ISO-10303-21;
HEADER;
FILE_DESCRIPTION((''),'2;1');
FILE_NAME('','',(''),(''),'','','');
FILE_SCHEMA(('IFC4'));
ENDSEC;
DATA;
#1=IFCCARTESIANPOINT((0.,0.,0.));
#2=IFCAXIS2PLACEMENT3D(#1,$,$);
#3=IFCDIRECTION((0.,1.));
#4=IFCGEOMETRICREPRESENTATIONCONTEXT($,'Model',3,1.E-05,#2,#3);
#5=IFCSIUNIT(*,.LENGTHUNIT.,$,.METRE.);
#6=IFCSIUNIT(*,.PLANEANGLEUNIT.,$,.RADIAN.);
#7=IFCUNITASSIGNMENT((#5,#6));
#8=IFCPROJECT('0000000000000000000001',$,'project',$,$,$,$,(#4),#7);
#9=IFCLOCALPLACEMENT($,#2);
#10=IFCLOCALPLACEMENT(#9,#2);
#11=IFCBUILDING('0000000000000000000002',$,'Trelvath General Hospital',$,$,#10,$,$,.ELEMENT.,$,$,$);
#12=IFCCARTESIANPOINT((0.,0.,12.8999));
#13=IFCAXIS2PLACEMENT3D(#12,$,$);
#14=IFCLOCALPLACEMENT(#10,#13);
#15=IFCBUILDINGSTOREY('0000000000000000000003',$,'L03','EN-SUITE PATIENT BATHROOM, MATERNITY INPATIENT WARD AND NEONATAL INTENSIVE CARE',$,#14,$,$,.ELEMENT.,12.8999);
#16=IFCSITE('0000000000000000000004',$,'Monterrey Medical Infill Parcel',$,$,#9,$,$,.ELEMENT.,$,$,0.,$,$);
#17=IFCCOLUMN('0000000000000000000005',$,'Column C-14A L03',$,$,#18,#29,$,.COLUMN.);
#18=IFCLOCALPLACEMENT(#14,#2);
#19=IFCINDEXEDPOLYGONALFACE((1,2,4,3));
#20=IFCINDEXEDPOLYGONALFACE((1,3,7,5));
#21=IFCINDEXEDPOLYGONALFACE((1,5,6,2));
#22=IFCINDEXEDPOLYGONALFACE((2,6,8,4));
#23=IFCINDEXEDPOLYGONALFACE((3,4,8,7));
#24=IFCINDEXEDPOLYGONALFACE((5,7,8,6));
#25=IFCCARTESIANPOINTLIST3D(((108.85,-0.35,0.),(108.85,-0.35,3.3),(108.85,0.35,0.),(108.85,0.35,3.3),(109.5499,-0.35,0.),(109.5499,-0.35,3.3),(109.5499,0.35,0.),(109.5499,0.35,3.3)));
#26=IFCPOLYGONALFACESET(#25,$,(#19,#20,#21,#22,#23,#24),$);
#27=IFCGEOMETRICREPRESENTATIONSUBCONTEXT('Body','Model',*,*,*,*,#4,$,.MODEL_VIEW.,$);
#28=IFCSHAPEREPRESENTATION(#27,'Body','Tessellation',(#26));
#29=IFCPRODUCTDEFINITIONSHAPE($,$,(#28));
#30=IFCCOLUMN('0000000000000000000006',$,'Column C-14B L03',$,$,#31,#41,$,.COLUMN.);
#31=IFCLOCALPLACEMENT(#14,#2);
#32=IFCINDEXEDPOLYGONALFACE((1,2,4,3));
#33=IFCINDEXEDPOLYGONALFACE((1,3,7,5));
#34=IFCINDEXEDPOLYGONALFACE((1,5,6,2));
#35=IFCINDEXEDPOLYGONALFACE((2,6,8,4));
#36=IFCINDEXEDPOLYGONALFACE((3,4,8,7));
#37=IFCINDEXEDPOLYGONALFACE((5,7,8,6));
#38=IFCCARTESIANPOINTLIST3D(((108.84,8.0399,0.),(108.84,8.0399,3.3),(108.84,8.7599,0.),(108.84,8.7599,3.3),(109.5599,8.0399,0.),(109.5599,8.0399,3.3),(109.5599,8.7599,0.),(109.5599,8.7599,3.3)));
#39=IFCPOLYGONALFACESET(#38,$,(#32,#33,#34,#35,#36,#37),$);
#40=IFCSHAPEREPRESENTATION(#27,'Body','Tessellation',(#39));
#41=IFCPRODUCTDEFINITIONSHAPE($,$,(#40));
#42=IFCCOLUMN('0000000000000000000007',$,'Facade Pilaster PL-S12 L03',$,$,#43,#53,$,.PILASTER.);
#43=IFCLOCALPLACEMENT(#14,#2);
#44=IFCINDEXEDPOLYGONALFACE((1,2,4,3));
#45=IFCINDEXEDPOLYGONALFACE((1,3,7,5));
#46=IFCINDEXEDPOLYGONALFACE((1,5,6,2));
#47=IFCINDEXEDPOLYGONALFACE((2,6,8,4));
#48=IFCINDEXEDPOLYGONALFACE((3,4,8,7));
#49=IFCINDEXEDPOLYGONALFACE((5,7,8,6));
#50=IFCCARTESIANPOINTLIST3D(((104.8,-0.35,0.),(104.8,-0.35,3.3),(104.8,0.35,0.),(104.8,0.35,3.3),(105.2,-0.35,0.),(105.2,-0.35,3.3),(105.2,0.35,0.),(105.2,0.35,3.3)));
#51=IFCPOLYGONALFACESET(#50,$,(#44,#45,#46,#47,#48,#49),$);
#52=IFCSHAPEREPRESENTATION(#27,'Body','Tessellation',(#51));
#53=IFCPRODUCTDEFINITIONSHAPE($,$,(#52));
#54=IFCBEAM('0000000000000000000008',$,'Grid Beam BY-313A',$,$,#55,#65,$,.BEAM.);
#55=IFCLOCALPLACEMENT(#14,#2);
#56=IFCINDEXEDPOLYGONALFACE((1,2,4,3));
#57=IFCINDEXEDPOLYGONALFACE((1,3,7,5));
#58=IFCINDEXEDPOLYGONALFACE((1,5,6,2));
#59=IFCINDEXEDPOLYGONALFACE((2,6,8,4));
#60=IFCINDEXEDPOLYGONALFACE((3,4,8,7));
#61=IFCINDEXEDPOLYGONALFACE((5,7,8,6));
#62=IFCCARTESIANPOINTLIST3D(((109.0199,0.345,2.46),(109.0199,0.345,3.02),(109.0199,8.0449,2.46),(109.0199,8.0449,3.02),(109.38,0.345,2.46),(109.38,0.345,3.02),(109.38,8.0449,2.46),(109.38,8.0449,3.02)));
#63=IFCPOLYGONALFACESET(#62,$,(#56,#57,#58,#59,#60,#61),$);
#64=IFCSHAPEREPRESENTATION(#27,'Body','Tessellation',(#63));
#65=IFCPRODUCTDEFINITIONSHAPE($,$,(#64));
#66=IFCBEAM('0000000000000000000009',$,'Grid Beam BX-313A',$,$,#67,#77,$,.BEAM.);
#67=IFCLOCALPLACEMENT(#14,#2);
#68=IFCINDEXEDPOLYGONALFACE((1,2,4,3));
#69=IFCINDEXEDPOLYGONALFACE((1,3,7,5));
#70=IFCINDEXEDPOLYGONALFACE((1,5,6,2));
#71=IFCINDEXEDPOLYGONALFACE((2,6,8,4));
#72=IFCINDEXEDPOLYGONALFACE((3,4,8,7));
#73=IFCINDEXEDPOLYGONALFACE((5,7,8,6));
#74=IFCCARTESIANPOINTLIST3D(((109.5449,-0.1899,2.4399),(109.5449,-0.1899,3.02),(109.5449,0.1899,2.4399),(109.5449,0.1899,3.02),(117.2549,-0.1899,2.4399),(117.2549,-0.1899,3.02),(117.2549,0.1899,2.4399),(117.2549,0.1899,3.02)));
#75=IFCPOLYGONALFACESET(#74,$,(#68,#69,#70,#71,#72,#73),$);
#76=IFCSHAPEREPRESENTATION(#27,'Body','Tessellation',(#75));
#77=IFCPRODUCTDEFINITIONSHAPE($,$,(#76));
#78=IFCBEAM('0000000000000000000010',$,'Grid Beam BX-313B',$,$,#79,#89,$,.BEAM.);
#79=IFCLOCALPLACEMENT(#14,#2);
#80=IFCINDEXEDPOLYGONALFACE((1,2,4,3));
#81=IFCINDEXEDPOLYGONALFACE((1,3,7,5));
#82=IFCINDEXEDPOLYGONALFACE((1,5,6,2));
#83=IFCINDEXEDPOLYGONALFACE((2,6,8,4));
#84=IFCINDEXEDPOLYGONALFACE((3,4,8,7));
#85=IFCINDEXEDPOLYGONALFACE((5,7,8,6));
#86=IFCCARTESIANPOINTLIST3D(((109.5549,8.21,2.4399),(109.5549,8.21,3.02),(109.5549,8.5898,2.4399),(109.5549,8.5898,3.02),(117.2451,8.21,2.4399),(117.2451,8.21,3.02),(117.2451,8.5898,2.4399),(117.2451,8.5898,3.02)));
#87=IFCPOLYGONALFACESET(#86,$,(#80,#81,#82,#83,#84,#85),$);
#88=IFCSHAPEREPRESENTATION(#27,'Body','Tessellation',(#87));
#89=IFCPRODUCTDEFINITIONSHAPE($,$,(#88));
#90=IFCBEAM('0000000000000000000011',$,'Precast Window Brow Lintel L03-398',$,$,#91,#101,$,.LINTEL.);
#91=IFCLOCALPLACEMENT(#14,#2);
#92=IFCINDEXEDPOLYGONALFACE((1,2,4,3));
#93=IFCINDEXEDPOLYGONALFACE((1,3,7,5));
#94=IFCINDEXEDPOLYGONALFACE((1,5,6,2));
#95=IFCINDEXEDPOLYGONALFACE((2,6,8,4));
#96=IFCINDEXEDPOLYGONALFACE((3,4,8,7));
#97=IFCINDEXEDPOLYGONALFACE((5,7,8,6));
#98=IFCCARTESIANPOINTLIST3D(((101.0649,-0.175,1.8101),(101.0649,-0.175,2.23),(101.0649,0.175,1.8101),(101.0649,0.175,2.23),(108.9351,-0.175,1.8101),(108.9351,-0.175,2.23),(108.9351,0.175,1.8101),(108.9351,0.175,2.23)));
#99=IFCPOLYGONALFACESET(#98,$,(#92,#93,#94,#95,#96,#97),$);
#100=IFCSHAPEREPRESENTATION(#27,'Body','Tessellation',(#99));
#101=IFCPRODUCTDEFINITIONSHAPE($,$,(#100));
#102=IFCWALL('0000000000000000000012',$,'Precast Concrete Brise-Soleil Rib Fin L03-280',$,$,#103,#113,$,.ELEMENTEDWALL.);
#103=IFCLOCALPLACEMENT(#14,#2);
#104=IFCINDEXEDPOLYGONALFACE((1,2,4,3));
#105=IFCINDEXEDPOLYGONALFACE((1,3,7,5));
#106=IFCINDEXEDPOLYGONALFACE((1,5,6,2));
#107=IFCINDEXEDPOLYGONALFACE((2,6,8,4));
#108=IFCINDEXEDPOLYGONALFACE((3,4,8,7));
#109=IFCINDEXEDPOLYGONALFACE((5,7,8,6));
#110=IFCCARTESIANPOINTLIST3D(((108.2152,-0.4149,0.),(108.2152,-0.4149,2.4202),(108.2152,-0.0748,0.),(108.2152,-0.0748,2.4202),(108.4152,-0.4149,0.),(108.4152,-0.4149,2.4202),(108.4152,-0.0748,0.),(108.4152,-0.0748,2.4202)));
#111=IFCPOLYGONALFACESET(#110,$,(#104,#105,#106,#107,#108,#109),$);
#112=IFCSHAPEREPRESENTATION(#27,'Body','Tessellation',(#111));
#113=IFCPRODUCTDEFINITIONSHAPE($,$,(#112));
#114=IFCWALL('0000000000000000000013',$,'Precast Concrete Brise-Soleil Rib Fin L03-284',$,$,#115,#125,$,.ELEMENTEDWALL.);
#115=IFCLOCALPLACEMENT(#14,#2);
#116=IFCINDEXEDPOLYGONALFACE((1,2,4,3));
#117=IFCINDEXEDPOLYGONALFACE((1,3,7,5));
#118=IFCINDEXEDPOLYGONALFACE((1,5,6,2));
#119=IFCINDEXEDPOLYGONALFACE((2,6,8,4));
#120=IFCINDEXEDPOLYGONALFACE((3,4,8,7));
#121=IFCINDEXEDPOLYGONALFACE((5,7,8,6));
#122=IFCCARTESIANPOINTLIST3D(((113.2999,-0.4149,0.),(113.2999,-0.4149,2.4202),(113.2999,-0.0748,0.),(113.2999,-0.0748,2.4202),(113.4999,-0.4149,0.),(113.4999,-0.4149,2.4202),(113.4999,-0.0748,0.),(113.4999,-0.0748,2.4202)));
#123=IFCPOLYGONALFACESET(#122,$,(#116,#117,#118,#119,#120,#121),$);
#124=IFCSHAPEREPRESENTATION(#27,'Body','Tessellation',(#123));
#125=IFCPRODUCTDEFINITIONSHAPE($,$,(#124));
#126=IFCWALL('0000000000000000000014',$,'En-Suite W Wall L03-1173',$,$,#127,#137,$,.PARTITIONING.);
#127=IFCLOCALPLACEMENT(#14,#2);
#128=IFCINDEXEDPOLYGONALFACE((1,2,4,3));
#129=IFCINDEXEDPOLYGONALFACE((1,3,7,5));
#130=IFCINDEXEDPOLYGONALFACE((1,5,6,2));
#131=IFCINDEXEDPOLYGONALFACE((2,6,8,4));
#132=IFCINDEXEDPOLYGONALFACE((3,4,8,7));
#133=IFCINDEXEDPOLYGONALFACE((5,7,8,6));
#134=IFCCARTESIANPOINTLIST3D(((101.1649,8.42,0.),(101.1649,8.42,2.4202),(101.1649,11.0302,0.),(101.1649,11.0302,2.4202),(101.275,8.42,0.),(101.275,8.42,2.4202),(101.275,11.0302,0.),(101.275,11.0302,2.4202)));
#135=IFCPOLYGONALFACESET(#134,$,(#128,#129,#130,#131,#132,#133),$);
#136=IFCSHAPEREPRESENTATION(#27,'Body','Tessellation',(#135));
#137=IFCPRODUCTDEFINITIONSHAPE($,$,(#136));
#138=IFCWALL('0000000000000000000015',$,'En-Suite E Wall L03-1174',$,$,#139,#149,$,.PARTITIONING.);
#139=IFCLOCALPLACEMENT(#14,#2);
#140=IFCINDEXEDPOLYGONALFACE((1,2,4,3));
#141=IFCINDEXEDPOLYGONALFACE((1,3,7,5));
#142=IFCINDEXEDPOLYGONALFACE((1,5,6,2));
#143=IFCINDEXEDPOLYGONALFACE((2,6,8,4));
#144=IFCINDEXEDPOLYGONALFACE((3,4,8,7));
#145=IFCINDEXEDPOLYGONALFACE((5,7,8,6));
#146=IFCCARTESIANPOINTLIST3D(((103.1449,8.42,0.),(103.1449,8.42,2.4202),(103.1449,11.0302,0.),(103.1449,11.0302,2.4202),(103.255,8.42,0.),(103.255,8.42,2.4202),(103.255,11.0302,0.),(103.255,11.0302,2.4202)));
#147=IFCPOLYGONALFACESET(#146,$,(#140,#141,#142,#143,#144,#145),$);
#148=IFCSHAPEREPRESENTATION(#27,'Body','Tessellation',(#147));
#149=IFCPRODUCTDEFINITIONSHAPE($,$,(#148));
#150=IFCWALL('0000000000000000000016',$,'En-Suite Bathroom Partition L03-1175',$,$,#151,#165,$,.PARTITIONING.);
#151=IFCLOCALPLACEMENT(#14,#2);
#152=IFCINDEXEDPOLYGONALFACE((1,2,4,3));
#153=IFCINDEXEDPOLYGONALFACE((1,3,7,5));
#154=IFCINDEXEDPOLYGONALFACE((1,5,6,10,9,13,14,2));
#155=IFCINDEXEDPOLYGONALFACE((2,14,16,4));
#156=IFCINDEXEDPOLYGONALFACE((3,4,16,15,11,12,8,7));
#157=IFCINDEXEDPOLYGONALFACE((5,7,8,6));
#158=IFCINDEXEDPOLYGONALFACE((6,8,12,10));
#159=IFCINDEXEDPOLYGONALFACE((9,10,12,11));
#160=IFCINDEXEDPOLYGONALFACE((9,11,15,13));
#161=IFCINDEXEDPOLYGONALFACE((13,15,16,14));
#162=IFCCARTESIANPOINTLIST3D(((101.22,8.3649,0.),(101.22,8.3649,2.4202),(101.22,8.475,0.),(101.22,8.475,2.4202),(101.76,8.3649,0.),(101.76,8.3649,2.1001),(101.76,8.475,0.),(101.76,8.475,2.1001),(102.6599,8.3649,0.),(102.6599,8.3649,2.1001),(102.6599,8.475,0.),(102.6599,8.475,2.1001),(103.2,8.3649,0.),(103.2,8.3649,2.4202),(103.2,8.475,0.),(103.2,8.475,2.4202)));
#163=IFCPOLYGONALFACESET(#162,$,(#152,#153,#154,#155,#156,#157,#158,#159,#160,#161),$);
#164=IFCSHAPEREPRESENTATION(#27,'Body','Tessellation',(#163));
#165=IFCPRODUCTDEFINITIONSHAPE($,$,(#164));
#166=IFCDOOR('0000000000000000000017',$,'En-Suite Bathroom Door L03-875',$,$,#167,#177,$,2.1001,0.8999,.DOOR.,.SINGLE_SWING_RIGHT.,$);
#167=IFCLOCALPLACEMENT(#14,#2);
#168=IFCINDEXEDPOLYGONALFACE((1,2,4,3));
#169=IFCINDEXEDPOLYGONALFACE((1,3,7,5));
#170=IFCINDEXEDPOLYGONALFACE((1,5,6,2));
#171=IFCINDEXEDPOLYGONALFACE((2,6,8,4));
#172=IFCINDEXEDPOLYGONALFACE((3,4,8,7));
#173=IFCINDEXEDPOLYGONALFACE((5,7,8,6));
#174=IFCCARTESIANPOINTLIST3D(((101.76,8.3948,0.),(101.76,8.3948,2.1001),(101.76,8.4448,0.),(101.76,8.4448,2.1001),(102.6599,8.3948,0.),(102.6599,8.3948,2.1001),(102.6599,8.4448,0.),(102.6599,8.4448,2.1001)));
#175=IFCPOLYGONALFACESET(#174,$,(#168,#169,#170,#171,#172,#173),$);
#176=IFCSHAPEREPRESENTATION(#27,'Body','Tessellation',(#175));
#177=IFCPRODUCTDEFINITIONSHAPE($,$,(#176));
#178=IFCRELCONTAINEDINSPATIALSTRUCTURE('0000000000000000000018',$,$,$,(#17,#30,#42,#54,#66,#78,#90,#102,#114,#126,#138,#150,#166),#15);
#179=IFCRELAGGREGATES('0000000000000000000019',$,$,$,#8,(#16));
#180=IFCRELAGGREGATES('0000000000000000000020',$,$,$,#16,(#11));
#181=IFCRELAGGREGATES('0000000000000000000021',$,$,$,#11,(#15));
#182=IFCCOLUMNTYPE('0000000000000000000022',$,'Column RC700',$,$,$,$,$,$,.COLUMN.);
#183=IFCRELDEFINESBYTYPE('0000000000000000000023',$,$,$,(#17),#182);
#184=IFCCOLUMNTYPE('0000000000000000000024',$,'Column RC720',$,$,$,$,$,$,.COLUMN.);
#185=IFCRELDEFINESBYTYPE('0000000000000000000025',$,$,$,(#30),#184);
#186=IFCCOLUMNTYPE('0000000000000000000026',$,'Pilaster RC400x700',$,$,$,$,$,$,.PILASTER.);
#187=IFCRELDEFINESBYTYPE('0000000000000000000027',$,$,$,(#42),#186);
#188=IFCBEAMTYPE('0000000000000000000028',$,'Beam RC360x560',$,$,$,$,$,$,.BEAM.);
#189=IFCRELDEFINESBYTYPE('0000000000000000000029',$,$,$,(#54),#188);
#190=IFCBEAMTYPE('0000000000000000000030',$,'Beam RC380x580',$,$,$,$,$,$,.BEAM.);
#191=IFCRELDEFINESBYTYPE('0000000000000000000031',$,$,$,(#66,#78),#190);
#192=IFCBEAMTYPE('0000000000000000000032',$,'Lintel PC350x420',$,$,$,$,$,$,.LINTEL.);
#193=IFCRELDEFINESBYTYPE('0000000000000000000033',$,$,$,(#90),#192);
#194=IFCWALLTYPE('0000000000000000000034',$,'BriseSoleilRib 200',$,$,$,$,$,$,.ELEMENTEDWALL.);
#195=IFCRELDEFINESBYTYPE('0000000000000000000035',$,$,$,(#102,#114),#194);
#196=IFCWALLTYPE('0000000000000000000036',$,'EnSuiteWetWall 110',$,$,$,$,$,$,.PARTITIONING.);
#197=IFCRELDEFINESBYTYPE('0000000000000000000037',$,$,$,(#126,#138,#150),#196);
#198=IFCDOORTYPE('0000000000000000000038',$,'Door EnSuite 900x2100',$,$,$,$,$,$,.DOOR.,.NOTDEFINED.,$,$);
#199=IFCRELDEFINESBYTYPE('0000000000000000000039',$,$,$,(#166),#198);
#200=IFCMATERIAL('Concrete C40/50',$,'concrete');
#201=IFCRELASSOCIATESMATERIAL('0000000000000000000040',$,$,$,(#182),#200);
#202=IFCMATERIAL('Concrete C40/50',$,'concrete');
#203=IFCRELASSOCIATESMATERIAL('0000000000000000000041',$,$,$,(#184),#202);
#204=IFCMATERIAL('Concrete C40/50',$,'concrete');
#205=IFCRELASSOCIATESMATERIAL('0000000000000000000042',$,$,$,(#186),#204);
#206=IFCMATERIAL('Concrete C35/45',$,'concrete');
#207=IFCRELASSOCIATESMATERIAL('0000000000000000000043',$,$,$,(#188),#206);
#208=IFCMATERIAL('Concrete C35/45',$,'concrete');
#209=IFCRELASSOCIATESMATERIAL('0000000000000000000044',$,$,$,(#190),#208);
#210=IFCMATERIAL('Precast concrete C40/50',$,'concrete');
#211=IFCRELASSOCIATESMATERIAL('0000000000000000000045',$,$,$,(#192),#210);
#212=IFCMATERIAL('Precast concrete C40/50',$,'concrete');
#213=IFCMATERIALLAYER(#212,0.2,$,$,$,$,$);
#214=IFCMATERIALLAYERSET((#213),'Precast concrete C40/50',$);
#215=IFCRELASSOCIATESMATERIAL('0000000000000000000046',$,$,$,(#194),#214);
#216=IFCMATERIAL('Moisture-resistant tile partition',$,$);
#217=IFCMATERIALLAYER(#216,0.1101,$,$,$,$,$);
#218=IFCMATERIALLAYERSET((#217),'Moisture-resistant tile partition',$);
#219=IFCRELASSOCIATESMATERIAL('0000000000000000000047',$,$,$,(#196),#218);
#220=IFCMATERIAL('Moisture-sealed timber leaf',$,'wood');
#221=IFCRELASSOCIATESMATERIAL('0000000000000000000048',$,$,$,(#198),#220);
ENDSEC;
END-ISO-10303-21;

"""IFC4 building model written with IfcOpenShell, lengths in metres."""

from ifc_helpers import new_model, si_unit, direction, frame, frame_2d, origin, origin_2d, place, context, subcontext, project, spatial, rectangle, extrude, material, layer, layer_set, material_profile, profile_set, type_object, element, fill, save


model = new_model("IFC4")

# Units and contexts
model_context = context("Model", 3, precision=1e-05, world=origin(), true_north=direction((0.0, 1.0)))
body_context = subcontext(model_context, "Body", "Model", "MODEL_VIEW")
ifc_project = project(units=[si_unit("LENGTHUNIT", "METRE"), si_unit("PLANEANGLEUNIT", "RADIAN")], contexts=[model_context])

# Site, building, storey
site_placement = place(None, origin())
site = spatial("IfcSite", under=ifc_project, at=site_placement, Name="Monterrey Medical Infill Parcel", CompositionType="ELEMENT", RefElevation=0.0)
building_placement = place(site_placement, origin())
building = spatial("IfcBuilding", under=site, at=building_placement, Name="Trelvath General Hospital", CompositionType="ELEMENT")
storey_placement = place(building_placement, frame((0.0, 0.0, 12.8999)))
storey = spatial("IfcBuildingStorey", under=building, at=storey_placement, Name="L03", Description="EN-SUITE PATIENT BATHROOM, MATERNITY INPATIENT WARD AND NEONATAL INTENSIVE CARE", CompositionType="ELEMENT", Elevation=12.8999)

# Columns
ifc_material_1 = material(Name="Concrete C40/50", Category="concrete")
ifc_material_profile_1 = material_profile(ifc_material_1, rectangle(XDim=0.7, YDim=0.7, at=origin_2d()), Name="RC700x700")
ifc_profile_set_1 = profile_set([ifc_material_profile_1], Name="Concrete C40/50")
column_type_1 = type_object("IfcColumnType", Name="Column RC700", PredefinedType="COLUMN", material=ifc_profile_set_1)
column_1_placement = place(storey_placement, frame((109.2, 0.0, 0.0), z_axis=(0.0, 0.0, 1.0), x_axis=(1.0, 0.0, 0.0)))
element("IfcColumn", 1, at=column_1_placement, inside=storey, type_object=column_type_1, Name="Column C-14A L03", PredefinedType="COLUMN", context=body_context, shape_type="SweptSolid", body=[
    extrude(rectangle(XDim=0.7, YDim=0.7, at=origin_2d()), origin(), (0.0, 0.0, 1.0), 3.3),
])
ifc_material_2 = material(Name="Concrete C40/50", Category="concrete")
ifc_material_profile_2 = material_profile(ifc_material_2, rectangle(XDim=0.72, YDim=0.72, at=origin_2d()), Name="RC720x720")
ifc_profile_set_2 = profile_set([ifc_material_profile_2], Name="Concrete C40/50")
column_type_2 = type_object("IfcColumnType", Name="Column RC720", PredefinedType="COLUMN", material=ifc_profile_set_2)
column_2_placement = place(storey_placement, frame((109.2, 8.3999, 0.0), z_axis=(0.0, 0.0, 1.0), x_axis=(1.0, 0.0, 0.0)))
element("IfcColumn", 2, at=column_2_placement, inside=storey, type_object=column_type_2, Name="Column C-14B L03", PredefinedType="COLUMN", context=body_context, shape_type="SweptSolid", body=[
    extrude(rectangle(XDim=0.72, YDim=0.72, at=origin_2d()), origin(), (0.0, 0.0, 1.0), 3.3),
])
ifc_material_3 = material(Name="Concrete C40/50", Category="concrete")
ifc_material_profile_3 = material_profile(ifc_material_3, rectangle(XDim=0.3999, YDim=0.7, at=origin_2d()), Name="RC400x700")
ifc_profile_set_3 = profile_set([ifc_material_profile_3], Name="Concrete C40/50")
column_type_3 = type_object("IfcColumnType", Name="Pilaster RC400x700", PredefinedType="PILASTER", material=ifc_profile_set_3)
column_3_placement = place(storey_placement, frame((105.0, 0.0, 0.0), z_axis=(0.0, 0.0, 1.0), x_axis=(1.0, 0.0, 0.0)))
element("IfcColumn", 3, at=column_3_placement, inside=storey, type_object=column_type_3, Name="Facade Pilaster PL-S12 L03", PredefinedType="PILASTER", context=body_context, shape_type="SweptSolid", body=[
    extrude(rectangle(XDim=0.3999, YDim=0.7, at=origin_2d()), origin(), (0.0, 0.0, 1.0), 3.3),
])

# Beams
ifc_material_4 = material(Name="Concrete C35/45", Category="concrete")
ifc_material_profile_4 = material_profile(ifc_material_4, rectangle(XDim=0.3601, YDim=0.5601, at=origin_2d()), Name="RCB360x560")
ifc_profile_set_4 = profile_set([ifc_material_profile_4], Name="Concrete C35/45")
beam_type_1 = type_object("IfcBeamType", Name="Beam RC360x560", PredefinedType="BEAM", material=ifc_profile_set_4)
beam_1_placement = place(storey_placement, frame((109.2, 0.345, 2.74), z_axis=(0.0, 1.0, 0.0), x_axis=(-1.0, 0.0, 0.0)))
element("IfcBeam", 4, at=beam_1_placement, inside=storey, type_object=beam_type_1, Name="Grid Beam BY-313A", PredefinedType="BEAM", context=body_context, shape_type="SweptSolid", body=[
    extrude(rectangle(XDim=0.3601, YDim=0.5601, at=origin_2d()), origin(), (0.0, 0.0, 1.0), 7.7),
])
ifc_material_5 = material(Name="Concrete C35/45", Category="concrete")
ifc_material_profile_5 = material_profile(ifc_material_5, rectangle(XDim=0.3799, YDim=0.5801, at=origin_2d()), Name="RCB380x580")
ifc_profile_set_5 = profile_set([ifc_material_profile_5], Name="Concrete C35/45")
beam_type_2 = type_object("IfcBeamType", Name="Beam RC380x580", PredefinedType="BEAM", material=ifc_profile_set_5)
beam_2_placement = place(storey_placement, frame((109.5449, 0.0, 2.73), z_axis=(1.0, 0.0, 0.0), x_axis=(0.0, 1.0, 0.0)))
element("IfcBeam", 5, at=beam_2_placement, inside=storey, type_object=beam_type_2, Name="Grid Beam BX-313A", PredefinedType="BEAM", context=body_context, shape_type="SweptSolid", body=[
    extrude(rectangle(XDim=0.3799, YDim=0.5801, at=origin_2d()), origin(), (0.0, 0.0, 1.0), 7.71),
])
beam_3_placement = place(storey_placement, frame((109.5549, 8.3999, 2.73), z_axis=(1.0, 0.0, 0.0), x_axis=(0.0, 1.0, 0.0)))
element("IfcBeam", 6, at=beam_3_placement, inside=storey, type_object=beam_type_2, Name="Grid Beam BX-313B", PredefinedType="BEAM", context=body_context, shape_type="SweptSolid", body=[
    extrude(rectangle(XDim=0.3799, YDim=0.5801, at=origin_2d()), origin(), (0.0, 0.0, 1.0), 7.6902),
])
ifc_material_6 = material(Name="Precast concrete C40/50", Category="concrete")
ifc_material_profile_6 = material_profile(ifc_material_6, rectangle(XDim=0.3501, YDim=0.4199, at=origin_2d()), Name="PCL350x420")
ifc_profile_set_6 = profile_set([ifc_material_profile_6], Name="Precast concrete C40/50")
beam_type_3 = type_object("IfcBeamType", Name="Lintel PC350x420", PredefinedType="LINTEL", material=ifc_profile_set_6)
beam_4_placement = place(storey_placement, frame((108.9351, 0.0, 2.02), z_axis=(-1.0, 0.0, 0.0), x_axis=(0.0, -1.0, 0.0)))
element("IfcBeam", 7, at=beam_4_placement, inside=storey, type_object=beam_type_3, Name="Precast Window Brow Lintel L03-398", PredefinedType="LINTEL", context=body_context, shape_type="SweptSolid", body=[
    extrude(rectangle(XDim=0.3501, YDim=0.4199, at=origin_2d()), origin(), (0.0, 0.0, 1.0), 7.8701),
])

# Walls
ifc_material_7 = material(Name="Precast concrete C40/50", Category="concrete")
ifc_layer_1 = layer(ifc_material_7, 0.2)
ifc_layer_set_1 = layer_set([ifc_layer_1], Name="Precast concrete C40/50")
wall_type_1 = type_object("IfcWallType", Name="BriseSoleilRib 200", PredefinedType="ELEMENTEDWALL", material=ifc_layer_set_1)
for number, where, z_axis, x_axis, name in (
    (8, (108.3152, -0.075, 0.0), (0.0, 0.0, 1.0), (0.0, -1.0, 0.0), "Precast Concrete Brise-Soleil Rib Fin L03-280"),
    (9, (113.3999, -0.075, 0.0), (0.0, 0.0, 1.0), (0.0, -1.0, 0.0), "Precast Concrete Brise-Soleil Rib Fin L03-284"),
):
    element("IfcWall", number, at=place(storey_placement, frame(where, z_axis=z_axis, x_axis=x_axis)), inside=storey, type_object=wall_type_1, Name=name, PredefinedType="ELEMENTEDWALL", context=body_context, shape_type="SweptSolid", body=[
        extrude(rectangle(XDim=0.3401, YDim=0.2, at=frame_2d((0.1699, 0.0))), origin(), (0.0, 0.0, 1.0), 2.4202),
    ])
ifc_material_8 = material(Name="Moisture-resistant tile partition")
ifc_layer_2 = layer(ifc_material_8, 0.1101)
ifc_layer_set_2 = layer_set([ifc_layer_2], Name="Moisture-resistant tile partition")
wall_type_2 = type_object("IfcWallType", Name="EnSuiteWetWall 110", PredefinedType="PARTITIONING", material=ifc_layer_set_2)
for number, where, z_axis, x_axis, name in (
    (10, (101.22, 8.4199, 0.0), (0.0, 0.0, 1.0), (0.0, 1.0, 0.0), "En-Suite W Wall L03-1173"),
    (11, (103.2, 8.4199, 0.0), (0.0, 0.0, 1.0), (0.0, 1.0, 0.0), "En-Suite E Wall L03-1174"),
):
    element("IfcWall", number, at=place(storey_placement, frame(where, z_axis=z_axis, x_axis=x_axis)), inside=storey, type_object=wall_type_2, Name=name, PredefinedType="PARTITIONING", context=body_context, shape_type="SweptSolid", body=[
        extrude(rectangle(XDim=2.6101, YDim=0.1101, at=frame_2d((1.3052, 0.0))), origin(), (0.0, 0.0, 1.0), 2.4202),
    ])

# Wall, opening, door
wall_1_placement = place(storey_placement, frame((101.22, 8.4199, 0.0), z_axis=(0.0, 0.0, 1.0), x_axis=(1.0, 0.0, 0.0)))
wall_1 = element("IfcWall", 12, at=wall_1_placement, inside=storey, type_object=wall_type_2, Name="En-Suite Bathroom Partition L03-1175", PredefinedType="PARTITIONING", context=body_context, shape_type="SweptSolid", body=[
    extrude(rectangle(XDim=1.98, YDim=0.1101, at=frame_2d((0.99, 0.0))), origin(), (0.0, 0.0, 1.0), 2.4202),
])
opening_1_placement = place(wall_1_placement, frame((0.54, 0.0, 0.0)))
opening_1 = element("IfcOpeningElement", 13, at=opening_1_placement, cuts=wall_1, PredefinedType="OPENING", context=body_context, shape_type="SweptSolid", body=[
    extrude(rectangle(XDim=0.8999, YDim=2.1001, at=frame_2d((0.45, 1.05))), frame((0.0, 0.0649, 0.0), z_axis=(0.0, -1.0, 0.0), x_axis=(1.0, 0.0, 0.0)), (0.0, 0.0, 1.0), 0.1301),
])
ifc_material_9 = material(Name="Moisture-sealed timber leaf", Category="wood")
door_type = type_object("IfcDoorType", Name="Door EnSuite 900x2100", OperationType="NOTDEFINED", PredefinedType="DOOR", material=ifc_material_9)
door_1_placement = place(opening_1_placement, origin())
door_1 = element("IfcDoor", 14, at=door_1_placement, inside=storey, type_object=door_type, Name="En-Suite Bathroom Door L03-875", OperationType="SINGLE_SWING_RIGHT", OverallHeight=2.1001, OverallWidth=0.8999, PredefinedType="DOOR", context=body_context, shape_type="SweptSolid", body=[
    extrude(rectangle(XDim=0.8999, YDim=2.1001, at=frame_2d((0.45, 1.05))), frame((0.0, 0.0249, 0.0), z_axis=(0.0, -1.0, 0.0), x_axis=(1.0, 0.0, 0.0)), (0.0, 0.0, 1.0), 0.05),
])
fill(opening_1, door_1)

save(model, "model.ifc")
